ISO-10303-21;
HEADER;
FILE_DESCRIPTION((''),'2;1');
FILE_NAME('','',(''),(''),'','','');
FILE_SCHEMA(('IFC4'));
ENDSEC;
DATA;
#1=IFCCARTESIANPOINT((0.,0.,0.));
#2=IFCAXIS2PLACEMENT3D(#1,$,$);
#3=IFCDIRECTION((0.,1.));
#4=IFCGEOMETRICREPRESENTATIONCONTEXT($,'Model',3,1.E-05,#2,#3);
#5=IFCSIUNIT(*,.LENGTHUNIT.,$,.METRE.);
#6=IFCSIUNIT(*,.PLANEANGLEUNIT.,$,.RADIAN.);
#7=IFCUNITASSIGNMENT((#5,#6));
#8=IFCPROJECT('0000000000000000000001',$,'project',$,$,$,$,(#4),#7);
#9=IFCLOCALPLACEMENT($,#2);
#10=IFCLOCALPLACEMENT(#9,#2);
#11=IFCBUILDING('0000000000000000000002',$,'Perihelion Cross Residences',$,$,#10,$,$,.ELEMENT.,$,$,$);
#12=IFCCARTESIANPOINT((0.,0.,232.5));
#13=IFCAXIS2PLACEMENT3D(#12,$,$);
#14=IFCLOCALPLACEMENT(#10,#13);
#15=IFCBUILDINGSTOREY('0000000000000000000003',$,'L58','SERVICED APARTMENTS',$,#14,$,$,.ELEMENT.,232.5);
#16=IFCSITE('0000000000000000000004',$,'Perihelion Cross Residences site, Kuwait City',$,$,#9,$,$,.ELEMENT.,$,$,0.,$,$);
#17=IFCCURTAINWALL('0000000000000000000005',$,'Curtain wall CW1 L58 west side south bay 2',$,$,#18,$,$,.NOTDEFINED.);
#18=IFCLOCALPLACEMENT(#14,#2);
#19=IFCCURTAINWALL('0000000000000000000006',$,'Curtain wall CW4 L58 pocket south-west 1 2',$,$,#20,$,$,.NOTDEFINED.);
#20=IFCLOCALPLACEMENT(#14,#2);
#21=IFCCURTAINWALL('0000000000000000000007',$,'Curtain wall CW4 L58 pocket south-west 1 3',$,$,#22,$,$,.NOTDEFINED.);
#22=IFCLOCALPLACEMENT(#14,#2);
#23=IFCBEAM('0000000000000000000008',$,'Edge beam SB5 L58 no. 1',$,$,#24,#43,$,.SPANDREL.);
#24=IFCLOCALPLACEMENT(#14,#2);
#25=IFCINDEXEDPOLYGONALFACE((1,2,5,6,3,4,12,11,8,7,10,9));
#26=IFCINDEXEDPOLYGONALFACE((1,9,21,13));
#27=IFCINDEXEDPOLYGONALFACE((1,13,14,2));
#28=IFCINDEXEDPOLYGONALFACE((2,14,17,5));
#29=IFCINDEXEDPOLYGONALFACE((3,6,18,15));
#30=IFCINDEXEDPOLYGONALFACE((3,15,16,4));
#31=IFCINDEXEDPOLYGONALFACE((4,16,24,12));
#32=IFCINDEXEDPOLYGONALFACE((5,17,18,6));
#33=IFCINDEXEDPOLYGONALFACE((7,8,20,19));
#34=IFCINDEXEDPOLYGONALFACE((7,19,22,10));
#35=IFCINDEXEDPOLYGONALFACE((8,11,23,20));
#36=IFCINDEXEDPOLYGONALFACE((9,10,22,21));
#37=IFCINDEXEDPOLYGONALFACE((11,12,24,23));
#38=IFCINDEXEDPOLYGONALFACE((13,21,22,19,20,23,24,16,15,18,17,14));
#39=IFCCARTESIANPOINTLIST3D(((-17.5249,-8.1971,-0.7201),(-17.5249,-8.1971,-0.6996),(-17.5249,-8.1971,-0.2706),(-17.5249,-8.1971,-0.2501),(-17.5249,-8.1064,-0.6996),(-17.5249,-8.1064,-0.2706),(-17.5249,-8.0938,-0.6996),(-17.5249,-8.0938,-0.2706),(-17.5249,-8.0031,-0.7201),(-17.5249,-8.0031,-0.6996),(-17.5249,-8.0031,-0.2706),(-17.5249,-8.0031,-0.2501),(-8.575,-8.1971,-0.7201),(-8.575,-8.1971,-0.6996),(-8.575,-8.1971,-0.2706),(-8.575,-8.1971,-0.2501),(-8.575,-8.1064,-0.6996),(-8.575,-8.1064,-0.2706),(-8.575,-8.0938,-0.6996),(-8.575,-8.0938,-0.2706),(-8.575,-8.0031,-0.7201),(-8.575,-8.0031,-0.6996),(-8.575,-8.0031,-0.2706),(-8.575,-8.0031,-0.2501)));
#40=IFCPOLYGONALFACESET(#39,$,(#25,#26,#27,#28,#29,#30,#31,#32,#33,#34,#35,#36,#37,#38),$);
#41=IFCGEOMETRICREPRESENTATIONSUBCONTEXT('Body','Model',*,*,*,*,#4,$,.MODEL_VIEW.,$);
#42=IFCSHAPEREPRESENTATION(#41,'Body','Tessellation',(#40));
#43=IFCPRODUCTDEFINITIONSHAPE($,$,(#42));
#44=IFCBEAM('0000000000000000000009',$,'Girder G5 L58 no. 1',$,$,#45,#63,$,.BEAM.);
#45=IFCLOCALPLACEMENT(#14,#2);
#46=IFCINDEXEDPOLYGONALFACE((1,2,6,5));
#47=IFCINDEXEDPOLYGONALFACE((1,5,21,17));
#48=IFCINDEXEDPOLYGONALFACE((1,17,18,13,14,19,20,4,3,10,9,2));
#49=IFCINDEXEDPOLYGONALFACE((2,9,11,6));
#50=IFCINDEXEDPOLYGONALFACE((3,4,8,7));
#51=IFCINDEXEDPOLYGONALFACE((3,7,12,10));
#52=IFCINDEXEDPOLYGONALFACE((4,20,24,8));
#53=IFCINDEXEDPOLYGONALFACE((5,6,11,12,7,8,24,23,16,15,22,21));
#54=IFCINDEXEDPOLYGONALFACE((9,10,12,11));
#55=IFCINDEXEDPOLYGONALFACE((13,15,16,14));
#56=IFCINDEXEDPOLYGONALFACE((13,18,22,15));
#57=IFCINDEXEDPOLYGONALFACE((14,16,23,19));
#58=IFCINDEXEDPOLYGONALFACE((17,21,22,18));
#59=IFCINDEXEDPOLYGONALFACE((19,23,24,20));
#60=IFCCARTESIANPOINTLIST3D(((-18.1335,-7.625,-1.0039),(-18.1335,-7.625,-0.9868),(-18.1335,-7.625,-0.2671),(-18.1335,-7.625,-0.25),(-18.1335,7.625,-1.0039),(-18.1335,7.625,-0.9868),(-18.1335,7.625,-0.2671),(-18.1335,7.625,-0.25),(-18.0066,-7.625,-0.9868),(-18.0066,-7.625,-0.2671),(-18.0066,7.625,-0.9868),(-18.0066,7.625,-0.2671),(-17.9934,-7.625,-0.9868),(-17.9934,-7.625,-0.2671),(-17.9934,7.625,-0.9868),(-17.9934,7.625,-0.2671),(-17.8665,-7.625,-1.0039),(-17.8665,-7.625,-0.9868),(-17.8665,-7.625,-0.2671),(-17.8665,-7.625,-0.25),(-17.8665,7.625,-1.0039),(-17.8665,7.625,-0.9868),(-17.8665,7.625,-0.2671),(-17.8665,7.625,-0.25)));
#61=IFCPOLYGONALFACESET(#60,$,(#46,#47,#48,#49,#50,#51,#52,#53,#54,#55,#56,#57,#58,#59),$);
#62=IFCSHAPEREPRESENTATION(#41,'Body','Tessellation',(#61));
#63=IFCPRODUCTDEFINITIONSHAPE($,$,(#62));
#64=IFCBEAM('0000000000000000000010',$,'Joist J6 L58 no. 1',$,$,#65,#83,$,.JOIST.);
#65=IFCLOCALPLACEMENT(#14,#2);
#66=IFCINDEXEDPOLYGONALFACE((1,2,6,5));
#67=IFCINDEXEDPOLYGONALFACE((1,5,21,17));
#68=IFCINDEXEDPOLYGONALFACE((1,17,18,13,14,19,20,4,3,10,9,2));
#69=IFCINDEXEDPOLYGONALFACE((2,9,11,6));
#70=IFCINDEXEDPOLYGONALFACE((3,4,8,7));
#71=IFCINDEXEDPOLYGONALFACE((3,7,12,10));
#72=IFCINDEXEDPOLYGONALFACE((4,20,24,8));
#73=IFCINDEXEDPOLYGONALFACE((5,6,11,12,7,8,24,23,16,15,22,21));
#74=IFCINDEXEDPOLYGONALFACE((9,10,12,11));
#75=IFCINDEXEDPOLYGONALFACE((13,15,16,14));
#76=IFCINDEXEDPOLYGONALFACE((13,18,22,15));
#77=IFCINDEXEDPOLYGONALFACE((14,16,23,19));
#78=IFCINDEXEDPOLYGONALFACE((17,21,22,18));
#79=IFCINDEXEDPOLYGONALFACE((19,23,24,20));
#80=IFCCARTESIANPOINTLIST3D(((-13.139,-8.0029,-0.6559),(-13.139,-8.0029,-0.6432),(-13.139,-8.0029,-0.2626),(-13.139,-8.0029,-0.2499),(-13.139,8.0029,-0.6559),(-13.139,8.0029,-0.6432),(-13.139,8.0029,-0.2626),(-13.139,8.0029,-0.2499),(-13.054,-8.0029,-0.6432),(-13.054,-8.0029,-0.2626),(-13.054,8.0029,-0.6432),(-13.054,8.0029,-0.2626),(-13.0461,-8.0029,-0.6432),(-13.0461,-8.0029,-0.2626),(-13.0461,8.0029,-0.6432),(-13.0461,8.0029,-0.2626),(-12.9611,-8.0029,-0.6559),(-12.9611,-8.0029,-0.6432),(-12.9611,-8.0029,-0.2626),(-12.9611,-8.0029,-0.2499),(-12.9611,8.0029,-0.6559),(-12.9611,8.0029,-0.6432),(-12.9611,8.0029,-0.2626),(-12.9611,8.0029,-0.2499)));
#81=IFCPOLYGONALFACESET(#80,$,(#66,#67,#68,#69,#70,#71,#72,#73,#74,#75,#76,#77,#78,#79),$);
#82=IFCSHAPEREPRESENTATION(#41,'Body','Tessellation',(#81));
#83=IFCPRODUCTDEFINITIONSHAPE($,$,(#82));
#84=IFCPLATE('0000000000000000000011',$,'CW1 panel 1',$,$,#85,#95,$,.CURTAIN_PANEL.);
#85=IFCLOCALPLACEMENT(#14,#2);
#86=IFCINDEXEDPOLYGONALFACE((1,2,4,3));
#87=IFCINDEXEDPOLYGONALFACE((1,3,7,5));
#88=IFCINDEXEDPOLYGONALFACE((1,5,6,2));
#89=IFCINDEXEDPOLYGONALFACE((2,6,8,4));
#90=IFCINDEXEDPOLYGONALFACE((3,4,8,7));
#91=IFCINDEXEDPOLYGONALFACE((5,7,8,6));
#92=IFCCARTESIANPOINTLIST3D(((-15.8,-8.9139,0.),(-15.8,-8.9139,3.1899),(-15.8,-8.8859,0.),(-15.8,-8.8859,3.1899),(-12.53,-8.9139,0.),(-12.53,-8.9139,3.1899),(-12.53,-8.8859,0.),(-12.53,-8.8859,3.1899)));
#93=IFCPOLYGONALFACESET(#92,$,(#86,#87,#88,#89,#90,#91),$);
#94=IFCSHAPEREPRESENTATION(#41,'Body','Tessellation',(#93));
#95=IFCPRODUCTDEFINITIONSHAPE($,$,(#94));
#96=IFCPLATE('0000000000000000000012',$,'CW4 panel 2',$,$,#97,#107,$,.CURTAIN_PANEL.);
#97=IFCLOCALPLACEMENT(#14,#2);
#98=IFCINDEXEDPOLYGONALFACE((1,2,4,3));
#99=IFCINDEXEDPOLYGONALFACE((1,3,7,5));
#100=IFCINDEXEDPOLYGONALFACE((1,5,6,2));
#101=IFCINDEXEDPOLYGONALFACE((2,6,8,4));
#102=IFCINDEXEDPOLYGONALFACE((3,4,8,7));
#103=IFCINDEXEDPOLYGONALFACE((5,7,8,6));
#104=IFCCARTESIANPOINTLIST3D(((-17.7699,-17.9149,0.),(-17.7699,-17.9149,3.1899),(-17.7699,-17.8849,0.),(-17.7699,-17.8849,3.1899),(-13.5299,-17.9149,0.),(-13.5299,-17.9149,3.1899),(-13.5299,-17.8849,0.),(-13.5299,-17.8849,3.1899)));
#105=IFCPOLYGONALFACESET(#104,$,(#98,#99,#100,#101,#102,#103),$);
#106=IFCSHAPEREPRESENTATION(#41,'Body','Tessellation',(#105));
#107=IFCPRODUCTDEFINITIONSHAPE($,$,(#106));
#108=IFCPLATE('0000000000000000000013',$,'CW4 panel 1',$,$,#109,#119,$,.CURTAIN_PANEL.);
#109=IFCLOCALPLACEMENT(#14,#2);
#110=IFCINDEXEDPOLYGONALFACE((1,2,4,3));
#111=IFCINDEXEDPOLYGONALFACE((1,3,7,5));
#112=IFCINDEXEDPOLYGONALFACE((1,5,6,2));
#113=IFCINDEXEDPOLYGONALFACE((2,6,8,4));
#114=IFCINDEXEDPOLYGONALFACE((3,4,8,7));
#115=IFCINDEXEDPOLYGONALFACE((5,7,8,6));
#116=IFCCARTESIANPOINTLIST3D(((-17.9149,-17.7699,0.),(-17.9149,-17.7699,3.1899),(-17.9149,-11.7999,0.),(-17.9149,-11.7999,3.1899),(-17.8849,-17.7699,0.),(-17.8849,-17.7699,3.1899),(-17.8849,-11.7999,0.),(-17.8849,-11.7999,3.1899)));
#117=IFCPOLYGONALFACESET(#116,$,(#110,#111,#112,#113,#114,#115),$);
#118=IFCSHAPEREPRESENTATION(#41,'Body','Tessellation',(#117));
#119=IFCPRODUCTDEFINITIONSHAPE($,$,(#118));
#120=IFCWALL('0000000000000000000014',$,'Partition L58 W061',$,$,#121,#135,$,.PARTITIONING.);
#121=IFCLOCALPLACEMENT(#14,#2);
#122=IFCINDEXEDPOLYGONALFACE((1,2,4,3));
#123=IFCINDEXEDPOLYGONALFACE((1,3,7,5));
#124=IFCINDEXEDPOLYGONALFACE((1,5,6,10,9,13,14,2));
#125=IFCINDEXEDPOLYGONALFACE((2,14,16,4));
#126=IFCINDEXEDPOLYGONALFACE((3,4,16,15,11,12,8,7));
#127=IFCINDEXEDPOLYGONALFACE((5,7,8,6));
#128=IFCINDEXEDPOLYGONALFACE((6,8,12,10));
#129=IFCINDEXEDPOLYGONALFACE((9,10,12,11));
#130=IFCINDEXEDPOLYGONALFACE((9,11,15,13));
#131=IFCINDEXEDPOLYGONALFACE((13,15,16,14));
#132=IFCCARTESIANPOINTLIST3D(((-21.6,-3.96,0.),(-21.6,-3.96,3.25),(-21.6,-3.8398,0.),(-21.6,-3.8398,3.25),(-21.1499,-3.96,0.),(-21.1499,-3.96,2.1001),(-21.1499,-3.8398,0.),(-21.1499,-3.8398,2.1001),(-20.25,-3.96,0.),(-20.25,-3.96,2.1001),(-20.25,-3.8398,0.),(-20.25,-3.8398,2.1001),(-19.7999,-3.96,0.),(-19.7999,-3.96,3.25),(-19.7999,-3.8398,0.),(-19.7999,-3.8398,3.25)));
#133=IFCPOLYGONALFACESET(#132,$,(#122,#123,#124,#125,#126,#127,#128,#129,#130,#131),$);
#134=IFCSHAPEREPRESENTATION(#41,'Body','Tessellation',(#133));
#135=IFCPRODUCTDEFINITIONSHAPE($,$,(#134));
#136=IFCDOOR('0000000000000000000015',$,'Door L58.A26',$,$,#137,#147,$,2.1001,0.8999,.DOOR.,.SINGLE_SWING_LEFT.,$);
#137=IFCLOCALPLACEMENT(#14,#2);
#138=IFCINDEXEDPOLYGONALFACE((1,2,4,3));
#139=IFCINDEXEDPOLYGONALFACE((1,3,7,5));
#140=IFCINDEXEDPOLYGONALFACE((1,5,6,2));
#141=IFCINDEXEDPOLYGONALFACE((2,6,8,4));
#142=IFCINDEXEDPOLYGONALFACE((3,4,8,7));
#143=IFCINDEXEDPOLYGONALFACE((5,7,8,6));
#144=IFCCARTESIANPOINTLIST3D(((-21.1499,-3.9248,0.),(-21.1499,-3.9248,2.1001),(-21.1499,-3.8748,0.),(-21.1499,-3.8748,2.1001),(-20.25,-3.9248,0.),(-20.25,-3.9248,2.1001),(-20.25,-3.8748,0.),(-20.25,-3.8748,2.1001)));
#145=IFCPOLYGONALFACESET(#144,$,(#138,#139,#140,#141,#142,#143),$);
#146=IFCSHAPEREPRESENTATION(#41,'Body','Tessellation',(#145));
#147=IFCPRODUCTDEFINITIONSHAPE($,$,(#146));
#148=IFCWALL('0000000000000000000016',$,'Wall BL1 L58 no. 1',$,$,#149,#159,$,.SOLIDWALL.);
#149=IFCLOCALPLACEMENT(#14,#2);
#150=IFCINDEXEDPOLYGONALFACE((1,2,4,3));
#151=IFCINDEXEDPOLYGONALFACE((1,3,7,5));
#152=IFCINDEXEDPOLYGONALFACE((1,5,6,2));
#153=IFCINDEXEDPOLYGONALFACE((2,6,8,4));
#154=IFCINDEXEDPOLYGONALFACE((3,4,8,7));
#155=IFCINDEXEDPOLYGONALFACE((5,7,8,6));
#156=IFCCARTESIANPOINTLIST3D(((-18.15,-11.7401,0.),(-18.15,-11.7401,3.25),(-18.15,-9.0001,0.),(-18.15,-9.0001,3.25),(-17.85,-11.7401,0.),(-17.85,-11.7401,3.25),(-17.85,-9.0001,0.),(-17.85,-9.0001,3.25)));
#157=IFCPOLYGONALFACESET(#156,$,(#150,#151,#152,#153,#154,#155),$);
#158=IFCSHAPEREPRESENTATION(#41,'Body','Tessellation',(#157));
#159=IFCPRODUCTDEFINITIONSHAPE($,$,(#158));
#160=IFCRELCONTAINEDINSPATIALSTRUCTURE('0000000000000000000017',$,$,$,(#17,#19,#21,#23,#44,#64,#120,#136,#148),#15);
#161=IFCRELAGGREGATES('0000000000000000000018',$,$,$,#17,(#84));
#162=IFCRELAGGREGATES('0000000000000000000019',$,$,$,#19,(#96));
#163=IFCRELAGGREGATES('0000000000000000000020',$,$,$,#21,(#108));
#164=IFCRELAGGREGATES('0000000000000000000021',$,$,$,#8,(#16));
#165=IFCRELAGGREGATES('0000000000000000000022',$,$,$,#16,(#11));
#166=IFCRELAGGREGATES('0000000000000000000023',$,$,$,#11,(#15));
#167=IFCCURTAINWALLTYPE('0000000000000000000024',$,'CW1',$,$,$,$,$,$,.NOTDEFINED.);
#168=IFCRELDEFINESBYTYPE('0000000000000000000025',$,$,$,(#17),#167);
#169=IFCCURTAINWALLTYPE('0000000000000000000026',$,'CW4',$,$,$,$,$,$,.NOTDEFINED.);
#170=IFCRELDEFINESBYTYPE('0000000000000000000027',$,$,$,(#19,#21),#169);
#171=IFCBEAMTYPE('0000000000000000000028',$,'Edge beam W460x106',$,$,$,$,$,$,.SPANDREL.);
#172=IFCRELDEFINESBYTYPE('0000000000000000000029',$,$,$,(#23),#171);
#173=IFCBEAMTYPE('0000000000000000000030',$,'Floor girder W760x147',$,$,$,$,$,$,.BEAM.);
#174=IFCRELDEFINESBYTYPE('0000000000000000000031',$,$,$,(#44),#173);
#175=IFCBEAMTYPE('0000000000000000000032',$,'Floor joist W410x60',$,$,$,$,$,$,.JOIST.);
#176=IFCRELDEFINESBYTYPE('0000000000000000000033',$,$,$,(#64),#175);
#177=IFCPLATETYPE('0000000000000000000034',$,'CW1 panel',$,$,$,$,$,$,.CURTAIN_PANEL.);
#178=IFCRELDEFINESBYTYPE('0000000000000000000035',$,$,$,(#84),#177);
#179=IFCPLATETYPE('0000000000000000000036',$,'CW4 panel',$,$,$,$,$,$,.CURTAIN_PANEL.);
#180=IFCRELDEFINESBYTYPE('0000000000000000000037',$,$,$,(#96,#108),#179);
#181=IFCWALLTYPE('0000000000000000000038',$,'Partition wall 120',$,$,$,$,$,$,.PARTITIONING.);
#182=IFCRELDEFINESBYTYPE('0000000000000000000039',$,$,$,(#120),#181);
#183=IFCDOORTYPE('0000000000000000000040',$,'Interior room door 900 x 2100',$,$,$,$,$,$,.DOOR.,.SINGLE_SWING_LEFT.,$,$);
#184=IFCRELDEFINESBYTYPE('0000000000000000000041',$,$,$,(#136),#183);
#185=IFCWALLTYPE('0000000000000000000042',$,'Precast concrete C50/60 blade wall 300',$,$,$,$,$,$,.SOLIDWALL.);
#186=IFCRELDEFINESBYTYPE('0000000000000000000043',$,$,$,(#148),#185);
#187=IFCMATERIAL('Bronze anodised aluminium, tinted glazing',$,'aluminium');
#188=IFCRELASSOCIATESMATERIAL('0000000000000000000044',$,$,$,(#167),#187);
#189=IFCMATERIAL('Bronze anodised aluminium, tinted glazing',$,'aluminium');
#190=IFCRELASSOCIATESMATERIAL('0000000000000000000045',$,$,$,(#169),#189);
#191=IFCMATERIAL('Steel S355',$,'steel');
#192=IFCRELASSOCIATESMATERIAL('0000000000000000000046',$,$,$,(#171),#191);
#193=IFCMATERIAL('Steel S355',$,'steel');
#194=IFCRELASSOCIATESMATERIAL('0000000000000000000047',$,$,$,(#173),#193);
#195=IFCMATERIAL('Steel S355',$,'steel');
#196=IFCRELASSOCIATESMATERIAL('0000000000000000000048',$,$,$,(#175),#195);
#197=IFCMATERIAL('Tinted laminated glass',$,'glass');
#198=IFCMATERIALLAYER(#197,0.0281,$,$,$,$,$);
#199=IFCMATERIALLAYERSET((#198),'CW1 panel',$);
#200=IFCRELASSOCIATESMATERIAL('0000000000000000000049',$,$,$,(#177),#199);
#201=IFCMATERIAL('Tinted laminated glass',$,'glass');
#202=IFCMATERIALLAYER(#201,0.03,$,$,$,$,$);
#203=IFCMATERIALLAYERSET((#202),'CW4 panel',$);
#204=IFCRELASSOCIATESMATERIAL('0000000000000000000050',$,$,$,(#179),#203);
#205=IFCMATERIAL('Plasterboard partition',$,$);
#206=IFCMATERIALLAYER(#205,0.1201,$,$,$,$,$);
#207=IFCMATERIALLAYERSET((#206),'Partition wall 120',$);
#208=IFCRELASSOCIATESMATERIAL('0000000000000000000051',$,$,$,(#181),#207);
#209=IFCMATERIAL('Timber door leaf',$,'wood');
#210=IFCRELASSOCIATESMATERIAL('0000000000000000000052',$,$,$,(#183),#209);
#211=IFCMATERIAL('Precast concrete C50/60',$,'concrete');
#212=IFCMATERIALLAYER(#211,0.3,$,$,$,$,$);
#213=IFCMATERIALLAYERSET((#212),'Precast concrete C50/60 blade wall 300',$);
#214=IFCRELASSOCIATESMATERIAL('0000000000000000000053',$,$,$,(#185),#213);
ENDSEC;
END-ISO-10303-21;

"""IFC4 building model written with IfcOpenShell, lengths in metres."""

from ifc_helpers import new_model, si_unit, direction, frame, frame_2d, origin, origin_2d, place, context, subcontext, project, spatial, rectangle, i_section, extrude, material, layer, layer_set, material_profile, profile_set, type_object, element, fill, aggregate, save


model = new_model("IFC4")

# Units and contexts
model_context = context("Model", 3, precision=1e-05, world=origin(), true_north=direction((0.0, 1.0)))
body_context = subcontext(model_context, "Body", "Model", "MODEL_VIEW")
ifc_project = project(units=[si_unit("LENGTHUNIT", "METRE"), si_unit("PLANEANGLEUNIT", "RADIAN")], contexts=[model_context])

# Site, building, storey
site_placement = place(None, origin())
site = spatial("IfcSite", under=ifc_project, at=site_placement, Name="Perihelion Cross Residences site, Kuwait City", CompositionType="ELEMENT", RefElevation=0.0)
building_placement = place(site_placement, origin())
building = spatial("IfcBuilding", under=site, at=building_placement, Name="Perihelion Cross Residences", CompositionType="ELEMENT")
storey_placement = place(building_placement, frame((0.0, 0.0, 232.5)))
storey = spatial("IfcBuildingStorey", under=building, at=storey_placement, Name="L58", Description="SERVICED APARTMENTS", CompositionType="ELEMENT", Elevation=232.5)

# Curtain walls
ifc_material_1 = material(Name="Bronze anodised aluminium, tinted glazing", Category="aluminium")
curtain_wall_type_1 = type_object("IfcCurtainWallType", Name="CW1", PredefinedType="NOTDEFINED", material=ifc_material_1)
curtain_wall_1_placement = place(storey_placement, origin())
curtain_wall_1 = element("IfcCurtainWall", 1, at=curtain_wall_1_placement, inside=storey, type_object=curtain_wall_type_1, Name="Curtain wall CW1 L58 west side south bay 2", PredefinedType="NOTDEFINED")
ifc_material_2 = material(Name="Bronze anodised aluminium, tinted glazing", Category="aluminium")
curtain_wall_type_2 = type_object("IfcCurtainWallType", Name="CW4", PredefinedType="NOTDEFINED", material=ifc_material_2)
curtain_wall_2_placement = place(storey_placement, origin())
curtain_wall_2 = element("IfcCurtainWall", 2, at=curtain_wall_2_placement, inside=storey, type_object=curtain_wall_type_2, Name="Curtain wall CW4 L58 pocket south-west 1 2", PredefinedType="NOTDEFINED")
curtain_wall_3_placement = place(storey_placement, origin())
curtain_wall_3 = element("IfcCurtainWall", 3, at=curtain_wall_3_placement, inside=storey, type_object=curtain_wall_type_2, Name="Curtain wall CW4 L58 pocket south-west 1 3", PredefinedType="NOTDEFINED")

# Beams
ifc_material_3 = material(Name="Steel S355", Category="steel")
ifc_material_profile_1 = material_profile(ifc_material_3, i_section(OverallWidth=0.1941, OverallDepth=0.47, WebThickness=0.0127, FlangeThickness=0.0205, at=origin_2d()), Name="W460x106")
ifc_profile_set_1 = profile_set([ifc_material_profile_1], Name="Steel S355")
beam_type_1 = type_object("IfcBeamType", Name="Edge beam W460x106", PredefinedType="SPANDREL", material=ifc_profile_set_1)
beam_1_placement = place(storey_placement, frame((-17.5249, -8.1001, -0.4851), z_axis=(1.0, 0.0, 0.0), x_axis=(0.0, 1.0, 0.0)))
element("IfcBeam", 4, at=beam_1_placement, inside=storey, type_object=beam_type_1, Name="Edge beam SB5 L58 no. 1", PredefinedType="SPANDREL", context=body_context, shape_type="SweptSolid", body=[
    extrude(i_section(OverallWidth=0.1941, OverallDepth=0.47, WebThickness=0.0127, FlangeThickness=0.0205, at=origin_2d()), origin(), (0.0, 0.0, 1.0), 8.95),
])
ifc_material_4 = material(Name="Steel S355", Category="steel")
ifc_material_profile_2 = material_profile(ifc_material_4, i_section(OverallWidth=0.2671, OverallDepth=0.7539, WebThickness=0.0132, FlangeThickness=0.0171, at=origin_2d()), Name="W760x147")
ifc_profile_set_2 = profile_set([ifc_material_profile_2], Name="Steel S355")
beam_type_2 = type_object("IfcBeamType", Name="Floor girder W760x147", PredefinedType="BEAM", material=ifc_profile_set_2)
beam_2_placement = place(storey_placement, frame((-18.0, -7.625, -0.627), z_axis=(0.0, 1.0, 0.0), x_axis=(-1.0, 0.0, 0.0)))
element("IfcBeam", 5, at=beam_2_placement, inside=storey, type_object=beam_type_2, Name="Girder G5 L58 no. 1", PredefinedType="BEAM", context=body_context, shape_type="SweptSolid", body=[
    extrude(i_section(OverallWidth=0.2671, OverallDepth=0.7539, WebThickness=0.0132, FlangeThickness=0.0171, at=origin_2d()), origin(), (0.0, 0.0, 1.0), 15.25),
])
ifc_material_5 = material(Name="Steel S355", Category="steel")
ifc_material_profile_3 = material_profile(ifc_material_5, i_section(OverallWidth=0.178, OverallDepth=0.406, WebThickness=0.0078, FlangeThickness=0.0127, at=origin_2d()), Name="W410x60")
ifc_profile_set_3 = profile_set([ifc_material_profile_3], Name="Steel S355")
beam_type_3 = type_object("IfcBeamType", Name="Floor joist W410x60", PredefinedType="JOIST", material=ifc_profile_set_3)
beam_3_placement = place(storey_placement, frame((-13.05, -8.0029, -0.4529), z_axis=(0.0, 1.0, 0.0), x_axis=(-1.0, 0.0, 0.0)))
element("IfcBeam", 6, at=beam_3_placement, inside=storey, type_object=beam_type_3, Name="Joist J6 L58 no. 1", PredefinedType="JOIST", context=body_context, shape_type="SweptSolid", body=[
    extrude(i_section(OverallWidth=0.178, OverallDepth=0.406, WebThickness=0.0078, FlangeThickness=0.0127, at=origin_2d()), origin(), (0.0, 0.0, 1.0), 16.0059),
])

# Plates
ifc_material_6 = material(Name="Tinted laminated glass", Category="glass")
ifc_layer_1 = layer(ifc_material_6, 0.0281)
ifc_layer_set_1 = layer_set([ifc_layer_1], Name="CW1 panel")
plate_type_1 = type_object("IfcPlateType", Name="CW1 panel", PredefinedType="CURTAIN_PANEL", material=ifc_layer_set_1)
plate_1_placement = place(storey_placement, frame((-14.165, -8.8999, 0.0), z_axis=(0.0, 0.0, 1.0), x_axis=(1.0, 0.0, 0.0)))
plate_1 = element("IfcPlate", 7, at=plate_1_placement, type_object=plate_type_1, Name="CW1 panel 1", PredefinedType="CURTAIN_PANEL", context=body_context, shape_type="SweptSolid", body=[
    extrude(rectangle(XDim=3.27, YDim=0.0281, at=origin_2d()), origin(), (0.0, 0.0, 1.0), 3.1899),
])
aggregate(curtain_wall_1, [plate_1])
ifc_material_7 = material(Name="Tinted laminated glass", Category="glass")
ifc_layer_2 = layer(ifc_material_7, 0.03)
ifc_layer_set_2 = layer_set([ifc_layer_2], Name="CW4 panel")
plate_type_2 = type_object("IfcPlateType", Name="CW4 panel", PredefinedType="CURTAIN_PANEL", material=ifc_layer_set_2)
plate_2_placement = place(storey_placement, frame((-15.6499, -17.8999, 0.0), z_axis=(0.0, 0.0, 1.0), x_axis=(-1.0, 0.0, 0.0)))
plate_2 = element("IfcPlate", 8, at=plate_2_placement, type_object=plate_type_2, Name="CW4 panel 2", PredefinedType="CURTAIN_PANEL", context=body_context, shape_type="SweptSolid", body=[
    extrude(rectangle(XDim=4.24, YDim=0.03, at=origin_2d()), origin(), (0.0, 0.0, 1.0), 3.1899),
])
aggregate(curtain_wall_2, [plate_2])
plate_3_placement = place(storey_placement, frame((-17.8999, -14.7849, 0.0), z_axis=(0.0, 0.0, 1.0), x_axis=(0.0, 1.0, 0.0)))
plate_3 = element("IfcPlate", 9, at=plate_3_placement, type_object=plate_type_2, Name="CW4 panel 1", PredefinedType="CURTAIN_PANEL", context=body_context, shape_type="SweptSolid", body=[
    extrude(rectangle(XDim=5.97, YDim=0.03, at=origin_2d()), origin(), (0.0, 0.0, 1.0), 3.1899),
])
aggregate(curtain_wall_3, [plate_3])

# Wall, opening, door
ifc_material_8 = material(Name="Plasterboard partition")
ifc_layer_3 = layer(ifc_material_8, 0.1201)
ifc_layer_set_3 = layer_set([ifc_layer_3], Name="Partition wall 120")
wall_type_1 = type_object("IfcWallType", Name="Partition wall 120", PredefinedType="PARTITIONING", material=ifc_layer_set_3)
wall_1_placement = place(storey_placement, frame((-19.8, -3.8999, 0.0), z_axis=(0.0, 0.0, 1.0), x_axis=(-1.0, 0.0, 0.0)))
wall_1 = element("IfcWall", 10, at=wall_1_placement, inside=storey, type_object=wall_type_1, Name="Partition L58 W061", PredefinedType="PARTITIONING", context=body_context, shape_type="SweptSolid", body=[
    extrude(rectangle(XDim=1.8, YDim=0.1201, at=frame_2d((0.8999, 0.0))), origin(), (0.0, 0.0, 1.0), 3.25),
])
opening_1_placement = place(wall_1_placement, frame((0.45, 0.0, 0.0)))
opening_1 = element("IfcOpeningElement", 11, at=opening_1_placement, cuts=wall_1, PredefinedType="OPENING", context=body_context, shape_type="SweptSolid", body=[
    extrude(rectangle(XDim=0.8999, YDim=2.1001, at=frame_2d((0.45, 1.05))), frame((0.0, 0.0701, 0.0), z_axis=(0.0, -1.0, 0.0), x_axis=(1.0, 0.0, 0.0)), (0.0, 0.0, 1.0), 0.1401),
])
ifc_material_9 = material(Name="Timber door leaf", Category="wood")
door_type_1 = type_object("IfcDoorType", Name="Interior room door 900 x 2100", OperationType="SINGLE_SWING_LEFT", PredefinedType="DOOR", material=ifc_material_9)
door_1_placement = place(opening_1_placement, origin())
door_1 = element("IfcDoor", 12, at=door_1_placement, inside=storey, type_object=door_type_1, Name="Door L58.A26", OperationType="SINGLE_SWING_LEFT", OverallHeight=2.1001, OverallWidth=0.8999, PredefinedType="DOOR", context=body_context, shape_type="SweptSolid", body=[
    extrude(rectangle(XDim=0.8999, YDim=2.1001, at=frame_2d((0.45, 1.05))), frame((0.0, 0.0249, 0.0), z_axis=(0.0, -1.0, 0.0), x_axis=(1.0, 0.0, 0.0)), (0.0, 0.0, 1.0), 0.05),
])
fill(opening_1, door_1)

# Wall
ifc_material_10 = material(Name="Precast concrete C50/60", Category="concrete")
ifc_layer_4 = layer(ifc_material_10, 0.3)
ifc_layer_set_4 = layer_set([ifc_layer_4], Name="Precast concrete C50/60 blade wall 300")
wall_type_2 = type_object("IfcWallType", Name="Precast concrete C50/60 blade wall 300", PredefinedType="SOLIDWALL", material=ifc_layer_set_4)
wall_2_placement = place(storey_placement, frame((-18.0, -9.0, 0.0), z_axis=(0.0, 0.0, 1.0), x_axis=(0.0, -1.0, 0.0)))
element("IfcWall", 13, at=wall_2_placement, inside=storey, type_object=wall_type_2, Name="Wall BL1 L58 no. 1", PredefinedType="SOLIDWALL", context=body_context, shape_type="SweptSolid", body=[
    extrude(rectangle(XDim=2.74, YDim=0.3, at=frame_2d((1.3701, 0.0))), origin(), (0.0, 0.0, 1.0), 3.25),
])

save(model, "model.ifc")
